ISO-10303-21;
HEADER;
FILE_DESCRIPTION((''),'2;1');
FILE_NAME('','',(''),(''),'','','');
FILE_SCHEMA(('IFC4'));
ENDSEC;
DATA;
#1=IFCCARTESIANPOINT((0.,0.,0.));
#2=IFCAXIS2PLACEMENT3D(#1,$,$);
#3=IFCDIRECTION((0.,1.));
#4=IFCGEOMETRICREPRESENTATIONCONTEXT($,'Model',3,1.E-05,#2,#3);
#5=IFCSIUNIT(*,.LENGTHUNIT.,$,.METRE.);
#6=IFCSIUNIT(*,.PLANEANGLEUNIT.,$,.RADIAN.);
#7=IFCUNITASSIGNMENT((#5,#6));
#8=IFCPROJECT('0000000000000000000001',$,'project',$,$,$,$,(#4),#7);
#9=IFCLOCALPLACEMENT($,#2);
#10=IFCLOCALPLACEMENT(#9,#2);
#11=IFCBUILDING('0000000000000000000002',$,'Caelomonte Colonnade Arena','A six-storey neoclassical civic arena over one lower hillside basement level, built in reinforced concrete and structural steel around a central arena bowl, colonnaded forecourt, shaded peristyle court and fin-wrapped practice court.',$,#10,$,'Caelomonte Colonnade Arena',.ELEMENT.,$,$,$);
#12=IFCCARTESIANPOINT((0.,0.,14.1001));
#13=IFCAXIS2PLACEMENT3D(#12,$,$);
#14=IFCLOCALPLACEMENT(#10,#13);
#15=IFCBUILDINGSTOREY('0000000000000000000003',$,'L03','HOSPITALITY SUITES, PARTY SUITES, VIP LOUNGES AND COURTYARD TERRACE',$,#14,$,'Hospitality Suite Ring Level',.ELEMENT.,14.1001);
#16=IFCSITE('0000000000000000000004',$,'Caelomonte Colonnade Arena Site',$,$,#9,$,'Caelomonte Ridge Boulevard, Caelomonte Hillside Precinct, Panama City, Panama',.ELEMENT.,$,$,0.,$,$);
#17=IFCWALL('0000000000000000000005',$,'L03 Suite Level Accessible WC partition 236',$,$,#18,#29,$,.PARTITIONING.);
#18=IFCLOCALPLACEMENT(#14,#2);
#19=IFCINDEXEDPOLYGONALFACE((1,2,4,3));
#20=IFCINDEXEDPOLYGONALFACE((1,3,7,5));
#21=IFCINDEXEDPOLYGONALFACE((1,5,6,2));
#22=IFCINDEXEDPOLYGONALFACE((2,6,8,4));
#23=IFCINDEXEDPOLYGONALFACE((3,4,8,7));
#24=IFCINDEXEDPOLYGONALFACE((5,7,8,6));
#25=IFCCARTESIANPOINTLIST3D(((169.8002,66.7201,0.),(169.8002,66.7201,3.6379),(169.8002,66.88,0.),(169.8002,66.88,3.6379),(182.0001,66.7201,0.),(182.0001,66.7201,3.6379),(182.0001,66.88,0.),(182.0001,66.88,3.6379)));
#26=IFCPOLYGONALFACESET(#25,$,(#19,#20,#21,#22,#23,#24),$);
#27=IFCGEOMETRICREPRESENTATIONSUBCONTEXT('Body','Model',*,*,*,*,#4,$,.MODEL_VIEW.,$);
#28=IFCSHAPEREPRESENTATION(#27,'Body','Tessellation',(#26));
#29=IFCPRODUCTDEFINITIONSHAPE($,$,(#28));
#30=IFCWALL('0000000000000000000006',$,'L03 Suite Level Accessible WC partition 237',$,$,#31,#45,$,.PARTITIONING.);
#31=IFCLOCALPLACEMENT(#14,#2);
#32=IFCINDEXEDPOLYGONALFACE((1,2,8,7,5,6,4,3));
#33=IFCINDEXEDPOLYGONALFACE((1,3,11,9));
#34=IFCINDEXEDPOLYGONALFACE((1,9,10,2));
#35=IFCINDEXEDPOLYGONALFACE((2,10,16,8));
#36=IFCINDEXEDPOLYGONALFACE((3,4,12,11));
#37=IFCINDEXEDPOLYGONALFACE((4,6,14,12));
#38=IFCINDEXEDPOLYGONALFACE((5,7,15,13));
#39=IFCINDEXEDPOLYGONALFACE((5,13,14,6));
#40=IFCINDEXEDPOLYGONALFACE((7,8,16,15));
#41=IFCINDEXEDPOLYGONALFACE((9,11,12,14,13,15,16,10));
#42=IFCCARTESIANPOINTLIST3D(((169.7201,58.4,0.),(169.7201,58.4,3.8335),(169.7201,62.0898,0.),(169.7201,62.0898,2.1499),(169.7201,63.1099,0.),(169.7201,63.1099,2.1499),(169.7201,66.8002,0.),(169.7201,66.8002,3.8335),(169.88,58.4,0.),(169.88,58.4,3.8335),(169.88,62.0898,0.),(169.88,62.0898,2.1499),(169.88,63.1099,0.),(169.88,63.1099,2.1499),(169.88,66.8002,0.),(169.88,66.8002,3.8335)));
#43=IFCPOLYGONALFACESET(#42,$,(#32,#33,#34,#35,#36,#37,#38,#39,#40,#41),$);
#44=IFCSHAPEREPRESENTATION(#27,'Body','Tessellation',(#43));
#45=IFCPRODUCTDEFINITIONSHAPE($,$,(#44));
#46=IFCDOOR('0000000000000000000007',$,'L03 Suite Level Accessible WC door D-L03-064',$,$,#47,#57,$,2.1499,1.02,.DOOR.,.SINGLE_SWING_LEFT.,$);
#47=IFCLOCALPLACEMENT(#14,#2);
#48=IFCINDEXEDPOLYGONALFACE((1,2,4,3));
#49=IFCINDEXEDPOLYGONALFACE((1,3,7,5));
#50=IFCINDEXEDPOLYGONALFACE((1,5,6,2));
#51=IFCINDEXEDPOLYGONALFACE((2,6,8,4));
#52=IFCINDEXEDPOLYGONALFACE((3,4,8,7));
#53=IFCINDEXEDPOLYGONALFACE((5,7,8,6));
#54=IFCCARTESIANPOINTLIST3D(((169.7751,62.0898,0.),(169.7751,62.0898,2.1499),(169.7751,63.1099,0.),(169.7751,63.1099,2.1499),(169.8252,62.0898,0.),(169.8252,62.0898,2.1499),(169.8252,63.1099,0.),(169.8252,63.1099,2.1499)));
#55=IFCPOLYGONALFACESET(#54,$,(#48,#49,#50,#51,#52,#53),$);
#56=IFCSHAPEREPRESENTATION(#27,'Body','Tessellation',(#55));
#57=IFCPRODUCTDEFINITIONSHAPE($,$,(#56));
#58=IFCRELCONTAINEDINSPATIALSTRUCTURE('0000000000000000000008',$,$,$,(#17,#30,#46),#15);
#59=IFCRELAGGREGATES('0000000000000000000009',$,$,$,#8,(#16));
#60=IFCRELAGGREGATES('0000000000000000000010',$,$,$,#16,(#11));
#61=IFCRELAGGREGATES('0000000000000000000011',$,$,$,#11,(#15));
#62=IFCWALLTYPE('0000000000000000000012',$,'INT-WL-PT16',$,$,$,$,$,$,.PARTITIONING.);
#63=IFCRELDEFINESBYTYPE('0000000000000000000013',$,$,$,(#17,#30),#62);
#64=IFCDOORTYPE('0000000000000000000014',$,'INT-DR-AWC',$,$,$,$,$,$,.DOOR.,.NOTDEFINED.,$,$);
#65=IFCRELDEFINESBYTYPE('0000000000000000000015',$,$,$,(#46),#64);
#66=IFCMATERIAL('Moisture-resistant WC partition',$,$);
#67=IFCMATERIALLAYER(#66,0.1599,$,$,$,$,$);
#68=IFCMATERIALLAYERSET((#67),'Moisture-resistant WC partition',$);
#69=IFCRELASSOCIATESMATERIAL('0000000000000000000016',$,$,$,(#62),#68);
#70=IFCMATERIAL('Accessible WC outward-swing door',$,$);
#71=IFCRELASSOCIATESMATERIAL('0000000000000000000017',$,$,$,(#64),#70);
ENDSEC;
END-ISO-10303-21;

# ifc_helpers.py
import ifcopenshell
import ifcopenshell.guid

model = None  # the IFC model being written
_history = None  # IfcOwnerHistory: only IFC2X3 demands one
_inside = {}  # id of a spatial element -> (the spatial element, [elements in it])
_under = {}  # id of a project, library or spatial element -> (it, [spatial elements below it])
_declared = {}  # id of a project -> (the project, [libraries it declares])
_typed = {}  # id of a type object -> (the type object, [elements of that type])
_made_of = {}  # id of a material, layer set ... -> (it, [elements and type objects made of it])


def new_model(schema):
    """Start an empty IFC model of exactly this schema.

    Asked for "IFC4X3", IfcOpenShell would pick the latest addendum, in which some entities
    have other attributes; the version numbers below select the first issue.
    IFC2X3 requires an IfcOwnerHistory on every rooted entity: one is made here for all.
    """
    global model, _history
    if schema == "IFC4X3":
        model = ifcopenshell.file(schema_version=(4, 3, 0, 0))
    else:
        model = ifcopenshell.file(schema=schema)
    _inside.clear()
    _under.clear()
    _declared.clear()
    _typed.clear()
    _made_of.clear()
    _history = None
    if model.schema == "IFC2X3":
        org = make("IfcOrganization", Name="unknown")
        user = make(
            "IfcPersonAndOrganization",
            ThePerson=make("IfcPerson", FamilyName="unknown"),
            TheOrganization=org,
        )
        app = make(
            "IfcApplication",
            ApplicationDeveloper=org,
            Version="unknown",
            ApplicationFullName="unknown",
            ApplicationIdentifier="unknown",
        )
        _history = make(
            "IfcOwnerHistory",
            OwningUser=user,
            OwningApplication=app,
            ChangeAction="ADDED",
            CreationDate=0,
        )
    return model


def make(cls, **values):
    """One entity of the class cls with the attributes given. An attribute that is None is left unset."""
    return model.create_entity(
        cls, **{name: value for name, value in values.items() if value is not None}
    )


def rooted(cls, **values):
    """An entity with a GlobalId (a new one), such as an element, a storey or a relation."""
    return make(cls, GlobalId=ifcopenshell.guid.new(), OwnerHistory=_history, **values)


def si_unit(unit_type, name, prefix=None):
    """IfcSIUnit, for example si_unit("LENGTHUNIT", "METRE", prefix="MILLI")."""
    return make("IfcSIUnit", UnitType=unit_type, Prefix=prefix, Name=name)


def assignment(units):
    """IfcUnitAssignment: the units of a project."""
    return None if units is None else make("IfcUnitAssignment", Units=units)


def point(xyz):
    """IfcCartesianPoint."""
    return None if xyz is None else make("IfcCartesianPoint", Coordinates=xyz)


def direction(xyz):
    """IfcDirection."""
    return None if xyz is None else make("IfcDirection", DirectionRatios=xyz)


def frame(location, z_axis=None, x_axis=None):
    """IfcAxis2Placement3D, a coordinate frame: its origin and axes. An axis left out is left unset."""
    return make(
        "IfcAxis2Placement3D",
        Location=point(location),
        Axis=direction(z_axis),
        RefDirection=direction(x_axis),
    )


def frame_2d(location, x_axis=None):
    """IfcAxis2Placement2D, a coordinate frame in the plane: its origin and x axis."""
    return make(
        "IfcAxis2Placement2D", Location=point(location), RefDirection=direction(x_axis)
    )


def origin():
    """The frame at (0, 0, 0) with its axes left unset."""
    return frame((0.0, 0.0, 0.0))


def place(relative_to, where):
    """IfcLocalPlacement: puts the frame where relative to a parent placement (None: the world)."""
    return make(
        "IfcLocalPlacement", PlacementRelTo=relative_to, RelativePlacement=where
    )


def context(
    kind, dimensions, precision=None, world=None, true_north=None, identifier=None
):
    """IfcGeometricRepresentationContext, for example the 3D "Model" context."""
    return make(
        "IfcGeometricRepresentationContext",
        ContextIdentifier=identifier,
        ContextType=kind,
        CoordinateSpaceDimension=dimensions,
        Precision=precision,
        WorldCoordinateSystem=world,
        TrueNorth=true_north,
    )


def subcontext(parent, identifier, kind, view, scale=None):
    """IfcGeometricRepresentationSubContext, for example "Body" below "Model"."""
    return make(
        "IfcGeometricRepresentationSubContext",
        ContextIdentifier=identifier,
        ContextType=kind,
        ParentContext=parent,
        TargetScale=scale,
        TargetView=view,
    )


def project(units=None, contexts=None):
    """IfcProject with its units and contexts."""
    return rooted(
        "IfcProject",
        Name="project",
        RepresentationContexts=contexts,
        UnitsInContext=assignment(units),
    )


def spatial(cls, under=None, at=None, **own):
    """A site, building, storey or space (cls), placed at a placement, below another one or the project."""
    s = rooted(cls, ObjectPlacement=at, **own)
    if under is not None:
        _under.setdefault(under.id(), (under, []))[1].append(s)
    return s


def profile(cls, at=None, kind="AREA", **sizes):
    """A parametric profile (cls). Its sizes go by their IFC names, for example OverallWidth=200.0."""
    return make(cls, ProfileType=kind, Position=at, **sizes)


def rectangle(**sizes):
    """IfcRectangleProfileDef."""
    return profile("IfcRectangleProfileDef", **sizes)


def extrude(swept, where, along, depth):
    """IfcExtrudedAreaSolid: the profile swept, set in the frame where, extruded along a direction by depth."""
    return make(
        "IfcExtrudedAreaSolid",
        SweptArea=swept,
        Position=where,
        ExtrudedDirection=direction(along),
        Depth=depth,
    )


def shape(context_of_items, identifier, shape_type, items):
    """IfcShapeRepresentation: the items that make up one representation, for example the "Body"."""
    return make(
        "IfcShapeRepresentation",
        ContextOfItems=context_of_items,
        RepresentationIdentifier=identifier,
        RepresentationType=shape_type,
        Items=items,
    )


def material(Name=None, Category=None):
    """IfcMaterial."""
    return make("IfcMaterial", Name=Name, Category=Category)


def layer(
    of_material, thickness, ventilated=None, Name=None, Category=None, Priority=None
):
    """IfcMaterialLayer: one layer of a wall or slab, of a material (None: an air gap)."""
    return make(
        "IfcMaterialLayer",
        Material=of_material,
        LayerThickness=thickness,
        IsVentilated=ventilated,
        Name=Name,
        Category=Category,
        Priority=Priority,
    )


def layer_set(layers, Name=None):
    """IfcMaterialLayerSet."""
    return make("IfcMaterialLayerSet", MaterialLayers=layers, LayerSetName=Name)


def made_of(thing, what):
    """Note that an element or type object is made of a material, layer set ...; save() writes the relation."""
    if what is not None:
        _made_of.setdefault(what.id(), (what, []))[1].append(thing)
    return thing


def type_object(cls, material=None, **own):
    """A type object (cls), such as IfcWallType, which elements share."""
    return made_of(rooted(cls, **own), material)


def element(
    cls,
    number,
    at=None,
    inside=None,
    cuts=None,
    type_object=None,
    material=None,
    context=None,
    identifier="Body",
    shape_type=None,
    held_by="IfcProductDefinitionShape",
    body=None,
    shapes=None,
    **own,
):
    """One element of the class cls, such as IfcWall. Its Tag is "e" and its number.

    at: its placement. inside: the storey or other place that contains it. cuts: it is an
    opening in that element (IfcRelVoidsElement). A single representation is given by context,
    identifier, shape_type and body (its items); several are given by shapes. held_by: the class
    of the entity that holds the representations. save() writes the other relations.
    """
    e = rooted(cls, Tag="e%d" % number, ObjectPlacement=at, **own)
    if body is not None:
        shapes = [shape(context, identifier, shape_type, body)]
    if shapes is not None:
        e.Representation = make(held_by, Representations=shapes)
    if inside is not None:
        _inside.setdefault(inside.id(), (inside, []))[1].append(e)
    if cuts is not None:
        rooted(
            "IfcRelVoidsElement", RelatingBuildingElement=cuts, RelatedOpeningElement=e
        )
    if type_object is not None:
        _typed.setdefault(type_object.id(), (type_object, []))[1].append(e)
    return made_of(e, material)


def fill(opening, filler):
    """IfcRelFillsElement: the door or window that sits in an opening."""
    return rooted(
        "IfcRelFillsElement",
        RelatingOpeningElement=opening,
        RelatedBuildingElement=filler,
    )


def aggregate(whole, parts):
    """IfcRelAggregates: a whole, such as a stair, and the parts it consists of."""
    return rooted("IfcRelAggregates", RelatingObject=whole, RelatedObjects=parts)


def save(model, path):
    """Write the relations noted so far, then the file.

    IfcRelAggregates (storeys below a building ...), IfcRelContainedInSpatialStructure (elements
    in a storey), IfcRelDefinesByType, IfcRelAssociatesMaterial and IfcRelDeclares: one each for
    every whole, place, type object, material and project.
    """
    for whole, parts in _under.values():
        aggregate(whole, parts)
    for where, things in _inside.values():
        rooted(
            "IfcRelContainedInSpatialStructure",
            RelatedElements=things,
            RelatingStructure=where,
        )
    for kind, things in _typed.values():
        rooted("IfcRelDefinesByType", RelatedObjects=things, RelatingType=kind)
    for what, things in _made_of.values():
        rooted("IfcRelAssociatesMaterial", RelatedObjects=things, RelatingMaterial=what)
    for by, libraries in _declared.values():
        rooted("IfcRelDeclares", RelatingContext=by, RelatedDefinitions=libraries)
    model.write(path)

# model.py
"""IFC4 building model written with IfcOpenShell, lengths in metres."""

from ifc_helpers import new_model, si_unit, direction, frame, frame_2d, origin, place, context, subcontext, project, spatial, rectangle, extrude, material, layer, layer_set, type_object, element, fill, save


model = new_model("IFC4")

# Units and contexts
model_context = context("Model", 3, precision=1e-05, world=origin(), true_north=direction((0.0, 1.0)))
body_context = subcontext(model_context, "Body", "Model", "MODEL_VIEW")
ifc_project = project(units=[si_unit("LENGTHUNIT", "METRE"), si_unit("PLANEANGLEUNIT", "RADIAN")], contexts=[model_context])

# Site, building, storey
site_placement = place(None, origin())
site = spatial("IfcSite", under=ifc_project, at=site_placement, Name="Caelomonte Colonnade Arena Site", LongName="Caelomonte Ridge Boulevard, Caelomonte Hillside Precinct, Panama City, Panama", CompositionType="ELEMENT", RefElevation=0.0)
building_placement = place(site_placement, origin())
building = spatial("IfcBuilding", under=site, at=building_placement, Name="Caelomonte Colonnade Arena", Description="A six-storey neoclassical civic arena over one lower hillside basement level, built in reinforced concrete and structural steel around a central arena bowl, colonnaded forecourt, shaded peristyle court and fin-wrapped practice court.", LongName="Caelomonte Colonnade Arena", CompositionType="ELEMENT")
storey_placement = place(building_placement, frame((0.0, 0.0, 14.1001)))
storey = spatial("IfcBuildingStorey", under=building, at=storey_placement, Name="L03", Description="HOSPITALITY SUITES, PARTY SUITES, VIP LOUNGES AND COURTYARD TERRACE", LongName="Hospitality Suite Ring Level", CompositionType="ELEMENT", Elevation=14.1001)

# Wall
ifc_material_1 = material(Name="Moisture-resistant WC partition")
ifc_layer_1 = layer(ifc_material_1, 0.1599)
ifc_layer_set_1 = layer_set([ifc_layer_1], Name="Moisture-resistant WC partition")
wall_type_1 = type_object("IfcWallType", Name="INT-WL-PT16", PredefinedType="PARTITIONING", material=ifc_layer_set_1)
for number, where, z_axis, x_axis, name in (
    (1, (169.8, 66.8, 0.0), (0.0, 0.0, 1.0), (1.0, 0.0, 0.0), "L03 Suite Level Accessible WC partition 236"),
):
    element("IfcWall", number, at=place(storey_placement, frame(where, z_axis=z_axis, x_axis=x_axis)), inside=storey, type_object=wall_type_1, Name=name, PredefinedType="PARTITIONING", context=body_context, shape_type="SweptSolid", body=[
        extrude(rectangle(XDim=12.2, YDim=0.1599, at=frame_2d((6.1001, 0.0))), origin(), (0.0, 0.0, 1.0), 3.6379),
    ])

# Wall, opening, door
wall_1_placement = place(storey_placement, frame((169.8, 58.3999, 0.0), z_axis=(0.0, 0.0, 1.0), x_axis=(0.0, 1.0, 0.0)))
wall_1 = element("IfcWall", 2, at=wall_1_placement, inside=storey, type_object=wall_type_1, Name="L03 Suite Level Accessible WC partition 237", PredefinedType="PARTITIONING", context=body_context, shape_type="SweptSolid", body=[
    extrude(rectangle(XDim=8.4001, YDim=0.1599, at=frame_2d((4.2002, 0.0))), origin(), (0.0, 0.0, 1.0), 3.8335),
])
opening_1_placement = place(wall_1_placement, frame((3.6899, 0.0, 0.0), z_axis=(0.0, 0.0, 1.0), x_axis=(1.0, 0.0, 0.0)))
opening_1 = element("IfcOpeningElement", 3, at=opening_1_placement, cuts=wall_1, PredefinedType="OPENING", context=body_context, shape_type="SweptSolid", body=[
    extrude(rectangle(XDim=1.02, YDim=2.1499, at=frame_2d((0.51, 1.075))), frame((0.0, 0.0898, 0.0), z_axis=(0.0, -1.0, 0.0), x_axis=(1.0, 0.0, 0.0)), (0.0, 0.0, 1.0), 0.1799),
])
ifc_material_2 = material(Name="Accessible WC outward-swing door")
door_type_1 = type_object("IfcDoorType", Name="INT-DR-AWC", OperationType="NOTDEFINED", PredefinedType="DOOR", material=ifc_material_2)
door_1_placement = place(opening_1_placement, origin())
door_1 = element("IfcDoor", 4, at=door_1_placement, inside=storey, type_object=door_type_1, Name="L03 Suite Level Accessible WC door D-L03-064", OperationType="SINGLE_SWING_LEFT", OverallHeight=2.1499, OverallWidth=1.02, PredefinedType="DOOR", context=body_context, shape_type="SweptSolid", body=[
    extrude(rectangle(XDim=1.02, YDim=2.1499, at=frame_2d((0.51, 1.075))), frame((0.0, 0.0249, 0.0), z_axis=(0.0, -1.0, 0.0), x_axis=(1.0, 0.0, 0.0)), (0.0, 0.0, 1.0), 0.05),
])
fill(opening_1, door_1)

save(model, "model.ifc")
